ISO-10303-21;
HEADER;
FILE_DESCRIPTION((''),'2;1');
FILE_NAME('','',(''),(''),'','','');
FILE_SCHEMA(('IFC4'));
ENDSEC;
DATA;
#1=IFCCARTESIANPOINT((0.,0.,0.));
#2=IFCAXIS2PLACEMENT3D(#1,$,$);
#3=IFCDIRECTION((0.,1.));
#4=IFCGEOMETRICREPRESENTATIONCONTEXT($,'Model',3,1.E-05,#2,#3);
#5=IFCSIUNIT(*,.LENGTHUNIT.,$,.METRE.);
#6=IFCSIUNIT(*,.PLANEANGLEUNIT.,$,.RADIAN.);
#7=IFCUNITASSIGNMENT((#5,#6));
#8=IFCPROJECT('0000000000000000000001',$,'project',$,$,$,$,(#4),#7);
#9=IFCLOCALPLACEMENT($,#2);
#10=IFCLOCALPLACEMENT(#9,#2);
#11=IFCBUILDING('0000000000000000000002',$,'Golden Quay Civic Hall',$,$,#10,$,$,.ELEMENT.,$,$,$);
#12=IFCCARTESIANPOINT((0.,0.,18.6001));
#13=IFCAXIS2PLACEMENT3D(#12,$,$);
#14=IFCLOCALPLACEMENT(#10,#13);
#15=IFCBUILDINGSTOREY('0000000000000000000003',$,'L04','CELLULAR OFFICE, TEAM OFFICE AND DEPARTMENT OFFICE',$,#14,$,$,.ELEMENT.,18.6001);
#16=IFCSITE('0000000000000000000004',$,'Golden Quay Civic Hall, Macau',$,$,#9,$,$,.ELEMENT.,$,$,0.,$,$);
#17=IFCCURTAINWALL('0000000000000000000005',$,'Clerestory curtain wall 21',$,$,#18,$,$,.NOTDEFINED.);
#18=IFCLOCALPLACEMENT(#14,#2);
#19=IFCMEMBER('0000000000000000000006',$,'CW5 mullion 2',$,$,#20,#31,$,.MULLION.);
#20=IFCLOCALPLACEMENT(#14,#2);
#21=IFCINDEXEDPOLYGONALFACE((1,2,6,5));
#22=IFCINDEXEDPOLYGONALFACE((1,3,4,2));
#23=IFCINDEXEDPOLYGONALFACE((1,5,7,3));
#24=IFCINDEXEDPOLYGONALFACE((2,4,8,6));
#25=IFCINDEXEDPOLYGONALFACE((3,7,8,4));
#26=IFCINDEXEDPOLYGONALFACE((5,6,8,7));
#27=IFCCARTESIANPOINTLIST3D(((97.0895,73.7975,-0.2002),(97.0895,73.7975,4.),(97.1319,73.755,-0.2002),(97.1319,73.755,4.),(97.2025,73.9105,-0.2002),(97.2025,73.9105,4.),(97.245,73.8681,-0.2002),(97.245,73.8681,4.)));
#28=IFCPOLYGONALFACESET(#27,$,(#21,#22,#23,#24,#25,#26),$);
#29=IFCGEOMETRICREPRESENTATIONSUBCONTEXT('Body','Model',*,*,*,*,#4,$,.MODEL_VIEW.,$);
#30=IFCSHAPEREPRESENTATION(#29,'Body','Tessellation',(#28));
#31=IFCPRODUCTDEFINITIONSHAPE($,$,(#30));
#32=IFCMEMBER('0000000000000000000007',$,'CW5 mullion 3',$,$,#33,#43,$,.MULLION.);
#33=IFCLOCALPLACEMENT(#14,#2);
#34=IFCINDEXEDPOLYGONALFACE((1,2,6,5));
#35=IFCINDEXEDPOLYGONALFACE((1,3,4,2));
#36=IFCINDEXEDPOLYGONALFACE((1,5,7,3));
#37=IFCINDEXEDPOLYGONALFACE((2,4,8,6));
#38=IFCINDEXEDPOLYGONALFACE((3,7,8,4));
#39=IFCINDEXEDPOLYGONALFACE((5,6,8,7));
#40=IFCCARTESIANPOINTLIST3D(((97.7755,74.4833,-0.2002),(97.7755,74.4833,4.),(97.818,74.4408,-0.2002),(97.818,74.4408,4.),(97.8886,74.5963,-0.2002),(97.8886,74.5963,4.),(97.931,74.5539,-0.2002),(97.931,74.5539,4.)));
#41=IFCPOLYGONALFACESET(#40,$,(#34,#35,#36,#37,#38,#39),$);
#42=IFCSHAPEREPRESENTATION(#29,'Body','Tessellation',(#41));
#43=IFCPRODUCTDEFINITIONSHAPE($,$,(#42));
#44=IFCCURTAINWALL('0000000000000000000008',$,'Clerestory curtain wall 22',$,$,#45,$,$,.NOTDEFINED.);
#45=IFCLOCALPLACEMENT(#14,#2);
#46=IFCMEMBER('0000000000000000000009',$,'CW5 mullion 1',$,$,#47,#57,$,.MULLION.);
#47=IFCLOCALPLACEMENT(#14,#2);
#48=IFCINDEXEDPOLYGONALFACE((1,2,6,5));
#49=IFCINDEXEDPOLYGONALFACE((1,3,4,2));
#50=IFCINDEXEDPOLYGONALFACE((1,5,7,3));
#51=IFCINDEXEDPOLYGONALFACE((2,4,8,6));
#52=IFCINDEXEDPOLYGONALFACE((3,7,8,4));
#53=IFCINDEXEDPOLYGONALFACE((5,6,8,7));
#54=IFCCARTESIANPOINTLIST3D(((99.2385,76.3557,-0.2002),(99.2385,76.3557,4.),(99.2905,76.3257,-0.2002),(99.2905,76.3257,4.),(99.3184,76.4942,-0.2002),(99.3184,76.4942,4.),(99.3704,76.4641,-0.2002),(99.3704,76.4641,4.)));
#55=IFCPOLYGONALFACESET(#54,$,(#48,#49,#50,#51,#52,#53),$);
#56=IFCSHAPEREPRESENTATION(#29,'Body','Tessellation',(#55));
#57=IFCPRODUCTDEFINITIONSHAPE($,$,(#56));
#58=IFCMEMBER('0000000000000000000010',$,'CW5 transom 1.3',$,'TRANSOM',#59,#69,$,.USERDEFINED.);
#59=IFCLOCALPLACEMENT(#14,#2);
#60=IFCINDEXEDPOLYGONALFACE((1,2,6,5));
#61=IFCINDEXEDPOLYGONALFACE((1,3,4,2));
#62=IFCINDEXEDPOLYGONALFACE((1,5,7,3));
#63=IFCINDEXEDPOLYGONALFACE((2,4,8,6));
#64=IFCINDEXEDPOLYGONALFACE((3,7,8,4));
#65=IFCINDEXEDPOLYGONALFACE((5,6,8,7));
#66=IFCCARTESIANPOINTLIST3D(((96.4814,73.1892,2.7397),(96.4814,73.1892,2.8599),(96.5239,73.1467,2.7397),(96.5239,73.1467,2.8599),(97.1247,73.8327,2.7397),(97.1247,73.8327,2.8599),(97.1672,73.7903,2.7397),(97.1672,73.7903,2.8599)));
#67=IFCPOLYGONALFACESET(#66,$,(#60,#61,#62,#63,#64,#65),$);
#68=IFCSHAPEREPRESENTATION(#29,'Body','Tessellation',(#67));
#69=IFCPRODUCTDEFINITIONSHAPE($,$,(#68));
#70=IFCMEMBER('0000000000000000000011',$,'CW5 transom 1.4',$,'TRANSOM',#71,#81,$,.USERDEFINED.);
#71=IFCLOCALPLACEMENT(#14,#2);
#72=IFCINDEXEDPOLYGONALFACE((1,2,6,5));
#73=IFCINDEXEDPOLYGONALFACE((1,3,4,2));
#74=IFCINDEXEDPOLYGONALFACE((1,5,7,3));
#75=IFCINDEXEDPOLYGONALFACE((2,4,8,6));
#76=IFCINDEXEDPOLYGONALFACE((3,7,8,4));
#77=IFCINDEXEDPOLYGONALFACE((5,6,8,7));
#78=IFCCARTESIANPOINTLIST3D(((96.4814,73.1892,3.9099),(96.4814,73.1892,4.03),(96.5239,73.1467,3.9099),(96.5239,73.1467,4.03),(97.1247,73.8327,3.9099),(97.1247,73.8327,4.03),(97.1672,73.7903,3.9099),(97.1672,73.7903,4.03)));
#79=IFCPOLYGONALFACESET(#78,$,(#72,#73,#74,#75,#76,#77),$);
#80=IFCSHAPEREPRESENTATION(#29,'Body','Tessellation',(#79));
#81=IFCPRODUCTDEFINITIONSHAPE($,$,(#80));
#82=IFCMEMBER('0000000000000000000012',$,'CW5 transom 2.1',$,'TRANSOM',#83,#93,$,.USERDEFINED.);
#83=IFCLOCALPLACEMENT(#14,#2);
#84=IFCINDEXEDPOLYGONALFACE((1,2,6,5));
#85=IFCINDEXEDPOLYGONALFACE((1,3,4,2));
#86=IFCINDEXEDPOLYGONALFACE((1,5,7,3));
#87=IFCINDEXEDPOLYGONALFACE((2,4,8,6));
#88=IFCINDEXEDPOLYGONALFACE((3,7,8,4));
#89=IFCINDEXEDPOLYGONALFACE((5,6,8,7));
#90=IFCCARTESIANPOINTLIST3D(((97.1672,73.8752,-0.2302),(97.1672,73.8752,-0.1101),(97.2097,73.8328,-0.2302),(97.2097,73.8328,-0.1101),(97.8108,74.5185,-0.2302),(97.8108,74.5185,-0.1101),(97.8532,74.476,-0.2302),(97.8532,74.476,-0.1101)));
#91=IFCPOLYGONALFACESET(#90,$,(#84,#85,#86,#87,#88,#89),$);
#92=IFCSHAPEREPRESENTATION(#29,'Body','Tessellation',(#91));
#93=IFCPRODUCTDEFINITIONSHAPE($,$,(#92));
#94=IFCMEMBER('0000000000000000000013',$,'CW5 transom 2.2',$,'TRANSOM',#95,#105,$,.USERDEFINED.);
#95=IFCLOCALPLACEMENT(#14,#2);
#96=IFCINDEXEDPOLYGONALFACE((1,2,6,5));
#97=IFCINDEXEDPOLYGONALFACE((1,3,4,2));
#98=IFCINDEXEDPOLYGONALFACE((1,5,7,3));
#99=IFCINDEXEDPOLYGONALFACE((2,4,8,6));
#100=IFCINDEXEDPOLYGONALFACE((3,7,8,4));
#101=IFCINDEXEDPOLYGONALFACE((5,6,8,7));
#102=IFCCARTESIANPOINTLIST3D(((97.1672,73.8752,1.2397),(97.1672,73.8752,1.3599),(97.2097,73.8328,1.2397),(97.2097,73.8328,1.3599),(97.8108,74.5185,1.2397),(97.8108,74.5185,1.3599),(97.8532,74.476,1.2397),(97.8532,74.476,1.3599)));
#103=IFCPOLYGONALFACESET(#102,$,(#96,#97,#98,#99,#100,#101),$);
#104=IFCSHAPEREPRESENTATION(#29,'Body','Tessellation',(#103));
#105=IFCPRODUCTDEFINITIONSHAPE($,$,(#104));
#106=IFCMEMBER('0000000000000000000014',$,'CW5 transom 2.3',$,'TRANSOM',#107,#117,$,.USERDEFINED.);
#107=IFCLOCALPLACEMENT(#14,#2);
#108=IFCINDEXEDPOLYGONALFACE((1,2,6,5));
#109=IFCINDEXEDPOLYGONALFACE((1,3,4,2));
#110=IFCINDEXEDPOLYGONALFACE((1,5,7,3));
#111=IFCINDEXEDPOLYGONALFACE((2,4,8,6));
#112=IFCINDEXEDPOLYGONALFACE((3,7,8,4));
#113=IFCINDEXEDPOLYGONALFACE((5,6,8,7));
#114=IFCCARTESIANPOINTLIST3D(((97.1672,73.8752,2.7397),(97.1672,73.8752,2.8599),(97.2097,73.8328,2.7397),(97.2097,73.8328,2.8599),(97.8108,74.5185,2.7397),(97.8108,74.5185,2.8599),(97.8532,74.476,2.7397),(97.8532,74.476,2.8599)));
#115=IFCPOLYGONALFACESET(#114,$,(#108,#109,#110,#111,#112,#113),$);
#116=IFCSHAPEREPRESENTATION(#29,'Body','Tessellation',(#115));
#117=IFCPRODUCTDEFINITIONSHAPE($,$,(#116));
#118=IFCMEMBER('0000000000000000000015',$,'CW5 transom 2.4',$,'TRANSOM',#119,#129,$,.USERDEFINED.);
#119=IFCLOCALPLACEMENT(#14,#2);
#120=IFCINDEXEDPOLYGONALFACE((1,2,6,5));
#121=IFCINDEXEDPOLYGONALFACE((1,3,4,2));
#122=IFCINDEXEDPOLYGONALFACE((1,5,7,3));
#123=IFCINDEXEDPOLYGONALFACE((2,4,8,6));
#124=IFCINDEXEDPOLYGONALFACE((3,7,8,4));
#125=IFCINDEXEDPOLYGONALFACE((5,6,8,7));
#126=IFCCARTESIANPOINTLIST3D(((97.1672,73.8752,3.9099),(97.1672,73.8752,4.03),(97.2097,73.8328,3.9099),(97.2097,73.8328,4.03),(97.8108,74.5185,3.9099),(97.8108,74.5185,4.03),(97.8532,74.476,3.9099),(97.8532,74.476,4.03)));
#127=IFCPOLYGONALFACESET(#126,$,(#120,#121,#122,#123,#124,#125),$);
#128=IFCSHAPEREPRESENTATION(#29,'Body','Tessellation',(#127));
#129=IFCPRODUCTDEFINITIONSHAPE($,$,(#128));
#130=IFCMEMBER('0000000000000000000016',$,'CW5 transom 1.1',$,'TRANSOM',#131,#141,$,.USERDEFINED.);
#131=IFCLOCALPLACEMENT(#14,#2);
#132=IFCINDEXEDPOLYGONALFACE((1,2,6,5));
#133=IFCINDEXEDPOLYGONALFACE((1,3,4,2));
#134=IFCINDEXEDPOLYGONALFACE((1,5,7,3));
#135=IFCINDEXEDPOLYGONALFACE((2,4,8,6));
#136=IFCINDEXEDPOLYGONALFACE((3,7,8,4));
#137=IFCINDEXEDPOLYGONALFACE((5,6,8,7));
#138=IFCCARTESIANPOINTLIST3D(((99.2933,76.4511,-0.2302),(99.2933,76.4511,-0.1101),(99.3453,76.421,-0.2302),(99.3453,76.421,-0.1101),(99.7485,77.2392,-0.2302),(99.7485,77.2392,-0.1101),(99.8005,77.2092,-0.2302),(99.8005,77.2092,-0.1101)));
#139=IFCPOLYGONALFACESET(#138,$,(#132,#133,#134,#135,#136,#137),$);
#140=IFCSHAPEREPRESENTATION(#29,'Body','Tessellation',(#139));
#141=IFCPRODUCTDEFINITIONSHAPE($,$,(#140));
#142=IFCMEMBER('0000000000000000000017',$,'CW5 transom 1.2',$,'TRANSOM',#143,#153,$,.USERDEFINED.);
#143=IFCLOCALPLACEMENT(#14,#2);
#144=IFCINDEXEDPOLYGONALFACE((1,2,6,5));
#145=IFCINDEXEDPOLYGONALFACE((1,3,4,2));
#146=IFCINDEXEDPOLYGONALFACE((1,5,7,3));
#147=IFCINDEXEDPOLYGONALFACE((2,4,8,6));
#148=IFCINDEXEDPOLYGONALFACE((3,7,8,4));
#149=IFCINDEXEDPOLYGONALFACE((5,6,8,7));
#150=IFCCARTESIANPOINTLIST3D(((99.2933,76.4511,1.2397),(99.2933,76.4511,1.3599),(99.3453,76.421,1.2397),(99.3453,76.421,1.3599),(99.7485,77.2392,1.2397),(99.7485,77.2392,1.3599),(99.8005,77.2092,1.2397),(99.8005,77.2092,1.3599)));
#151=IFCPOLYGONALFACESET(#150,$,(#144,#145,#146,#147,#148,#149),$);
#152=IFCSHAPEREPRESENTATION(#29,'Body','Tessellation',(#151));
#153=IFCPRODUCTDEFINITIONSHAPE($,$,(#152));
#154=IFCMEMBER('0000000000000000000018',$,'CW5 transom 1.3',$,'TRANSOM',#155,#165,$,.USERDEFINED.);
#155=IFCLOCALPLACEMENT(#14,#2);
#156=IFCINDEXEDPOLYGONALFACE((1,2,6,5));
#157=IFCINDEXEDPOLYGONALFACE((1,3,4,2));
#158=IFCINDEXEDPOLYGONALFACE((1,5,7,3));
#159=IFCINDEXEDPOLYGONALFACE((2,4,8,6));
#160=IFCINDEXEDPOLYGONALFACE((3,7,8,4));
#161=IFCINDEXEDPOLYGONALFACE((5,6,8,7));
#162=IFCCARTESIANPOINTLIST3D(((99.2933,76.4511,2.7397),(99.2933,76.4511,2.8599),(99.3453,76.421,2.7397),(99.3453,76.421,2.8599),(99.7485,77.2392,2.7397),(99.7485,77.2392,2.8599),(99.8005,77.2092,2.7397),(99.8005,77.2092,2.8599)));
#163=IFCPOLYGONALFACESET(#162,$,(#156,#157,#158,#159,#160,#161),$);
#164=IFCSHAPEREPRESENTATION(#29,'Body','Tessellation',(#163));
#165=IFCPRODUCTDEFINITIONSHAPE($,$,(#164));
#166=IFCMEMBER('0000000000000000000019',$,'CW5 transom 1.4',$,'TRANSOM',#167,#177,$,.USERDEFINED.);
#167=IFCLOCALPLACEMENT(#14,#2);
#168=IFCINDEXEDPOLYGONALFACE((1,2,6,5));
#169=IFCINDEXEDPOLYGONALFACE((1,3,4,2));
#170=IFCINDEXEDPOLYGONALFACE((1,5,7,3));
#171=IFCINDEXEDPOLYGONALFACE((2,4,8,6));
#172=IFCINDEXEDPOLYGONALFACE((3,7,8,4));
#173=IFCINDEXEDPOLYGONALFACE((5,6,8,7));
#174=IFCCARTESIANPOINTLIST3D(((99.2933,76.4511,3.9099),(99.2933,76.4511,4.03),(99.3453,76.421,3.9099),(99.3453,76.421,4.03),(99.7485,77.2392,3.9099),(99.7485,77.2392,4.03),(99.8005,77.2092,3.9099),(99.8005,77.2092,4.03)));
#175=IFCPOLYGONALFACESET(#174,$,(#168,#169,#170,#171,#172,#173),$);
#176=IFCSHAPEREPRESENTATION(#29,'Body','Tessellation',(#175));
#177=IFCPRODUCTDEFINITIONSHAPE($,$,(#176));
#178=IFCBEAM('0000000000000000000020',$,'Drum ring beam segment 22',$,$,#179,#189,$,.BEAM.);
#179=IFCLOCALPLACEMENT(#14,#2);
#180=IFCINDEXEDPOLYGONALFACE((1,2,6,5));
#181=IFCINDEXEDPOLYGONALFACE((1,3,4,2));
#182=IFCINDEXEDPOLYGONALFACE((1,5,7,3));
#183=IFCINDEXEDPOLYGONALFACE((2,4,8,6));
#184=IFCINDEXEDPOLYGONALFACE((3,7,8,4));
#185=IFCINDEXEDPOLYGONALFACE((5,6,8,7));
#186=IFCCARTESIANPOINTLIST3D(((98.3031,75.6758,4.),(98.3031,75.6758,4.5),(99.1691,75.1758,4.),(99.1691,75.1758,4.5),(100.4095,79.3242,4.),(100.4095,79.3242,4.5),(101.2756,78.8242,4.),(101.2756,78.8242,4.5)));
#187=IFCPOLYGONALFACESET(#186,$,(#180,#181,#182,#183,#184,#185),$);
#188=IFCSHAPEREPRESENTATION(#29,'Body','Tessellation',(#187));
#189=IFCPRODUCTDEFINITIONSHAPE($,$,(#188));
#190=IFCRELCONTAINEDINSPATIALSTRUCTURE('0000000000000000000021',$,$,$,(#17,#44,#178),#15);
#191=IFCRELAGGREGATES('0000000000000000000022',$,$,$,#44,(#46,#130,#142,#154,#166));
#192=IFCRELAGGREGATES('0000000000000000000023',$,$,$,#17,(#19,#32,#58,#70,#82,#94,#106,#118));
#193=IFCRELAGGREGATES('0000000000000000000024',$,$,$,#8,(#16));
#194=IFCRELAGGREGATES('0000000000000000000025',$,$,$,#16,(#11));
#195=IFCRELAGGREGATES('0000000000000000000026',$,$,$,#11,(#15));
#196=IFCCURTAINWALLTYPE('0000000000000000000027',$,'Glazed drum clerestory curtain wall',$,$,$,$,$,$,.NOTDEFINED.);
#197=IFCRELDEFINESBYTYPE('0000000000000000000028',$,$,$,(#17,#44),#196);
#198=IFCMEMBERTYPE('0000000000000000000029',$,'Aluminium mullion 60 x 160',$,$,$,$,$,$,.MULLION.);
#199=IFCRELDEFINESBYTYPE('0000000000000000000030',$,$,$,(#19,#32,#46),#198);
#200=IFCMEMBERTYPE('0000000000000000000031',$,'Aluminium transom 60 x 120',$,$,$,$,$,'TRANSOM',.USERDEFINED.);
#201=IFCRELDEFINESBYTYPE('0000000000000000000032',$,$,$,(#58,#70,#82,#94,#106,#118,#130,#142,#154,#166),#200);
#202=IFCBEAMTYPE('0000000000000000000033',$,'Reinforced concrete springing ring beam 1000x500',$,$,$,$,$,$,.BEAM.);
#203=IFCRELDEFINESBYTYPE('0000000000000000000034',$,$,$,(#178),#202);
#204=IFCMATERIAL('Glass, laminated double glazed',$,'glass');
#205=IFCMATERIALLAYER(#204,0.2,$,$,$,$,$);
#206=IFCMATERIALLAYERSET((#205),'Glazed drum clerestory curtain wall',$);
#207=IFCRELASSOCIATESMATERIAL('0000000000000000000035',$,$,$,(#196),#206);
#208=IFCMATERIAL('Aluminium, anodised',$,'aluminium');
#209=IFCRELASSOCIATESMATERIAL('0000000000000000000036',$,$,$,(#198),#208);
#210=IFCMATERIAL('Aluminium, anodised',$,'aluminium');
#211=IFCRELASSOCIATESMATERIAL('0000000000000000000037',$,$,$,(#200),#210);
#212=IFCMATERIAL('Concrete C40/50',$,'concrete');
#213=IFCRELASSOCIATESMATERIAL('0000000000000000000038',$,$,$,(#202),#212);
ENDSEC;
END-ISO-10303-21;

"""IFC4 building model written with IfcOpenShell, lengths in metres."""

from ifc_helpers import new_model, si_unit, direction, frame, origin, origin_2d, place, context, subcontext, project, spatial, rectangle, extrude, material, layer, layer_set, material_profile, profile_set, type_object, element, aggregate, save


model = new_model("IFC4")

# Units and contexts
model_context = context("Model", 3, precision=1e-05, world=origin(), true_north=direction((0.0, 1.0)))
body_context = subcontext(model_context, "Body", "Model", "MODEL_VIEW")
ifc_project = project(units=[si_unit("LENGTHUNIT", "METRE"), si_unit("PLANEANGLEUNIT", "RADIAN")], contexts=[model_context])

# Site, building, storey
site_placement = place(None, origin())
site = spatial("IfcSite", under=ifc_project, at=site_placement, Name="Golden Quay Civic Hall, Macau", CompositionType="ELEMENT", RefElevation=0.0)
building_placement = place(site_placement, origin())
building = spatial("IfcBuilding", under=site, at=building_placement, Name="Golden Quay Civic Hall", CompositionType="ELEMENT")
storey_placement = place(building_placement, frame((0.0, 0.0, 18.6001)))
storey = spatial("IfcBuildingStorey", under=building, at=storey_placement, Name="L04", Description="CELLULAR OFFICE, TEAM OFFICE AND DEPARTMENT OFFICE", CompositionType="ELEMENT", Elevation=18.6001)

# Curtain wall, members
ifc_material_1 = material(Name="Glass, laminated double glazed", Category="glass")
ifc_layer_1 = layer(ifc_material_1, 0.2)
ifc_layer_set_1 = layer_set([ifc_layer_1], Name="Glazed drum clerestory curtain wall")
curtain_wall_type = type_object("IfcCurtainWallType", Name="Glazed drum clerestory curtain wall", PredefinedType="NOTDEFINED", material=ifc_layer_set_1)
curtain_wall_1_placement = place(storey_placement, origin())
curtain_wall_1 = element("IfcCurtainWall", 1, at=curtain_wall_1_placement, inside=storey, type_object=curtain_wall_type, Name="Clerestory curtain wall 21", PredefinedType="NOTDEFINED")
ifc_material_2 = material(Name="Aluminium, anodised", Category="aluminium")
ifc_material_profile_1 = material_profile(ifc_material_2, rectangle(XDim=0.0601, YDim=0.1599, at=origin_2d()), Name="Aluminium 60 x 160")
ifc_profile_set_1 = profile_set([ifc_material_profile_1], Name="Aluminium, anodised")
member_type_1 = type_object("IfcMemberType", Name="Aluminium mullion 60 x 160", PredefinedType="MULLION", material=ifc_profile_set_1)
member_1_placement = place(storey_placement, frame((97.1672, 73.8328, -0.2002), z_axis=(0.0, 0.0, 1.0), x_axis=(-0.707107, 0.707107, 0.0)))
member_1 = element("IfcMember", 2, at=member_1_placement, type_object=member_type_1, Name="CW5 mullion 2", PredefinedType="MULLION", context=body_context, shape_type="SweptSolid", body=[
    extrude(rectangle(XDim=0.0601, YDim=0.1599, at=origin_2d()), origin(), (0.0, 0.0, 1.0), 4.2002),
])
member_2_placement = place(storey_placement, frame((97.8533, 74.5186, -0.2002), z_axis=(0.0, 0.0, 1.0), x_axis=(-0.707107, 0.707107, 0.0)))
member_2 = element("IfcMember", 3, at=member_2_placement, type_object=member_type_1, Name="CW5 mullion 3", PredefinedType="MULLION", context=body_context, shape_type="SweptSolid", body=[
    extrude(rectangle(XDim=0.0601, YDim=0.1599, at=origin_2d()), origin(), (0.0, 0.0, 1.0), 4.2002),
])

# Curtain wall, member
curtain_wall_2_placement = place(storey_placement, origin())
curtain_wall_2 = element("IfcCurtainWall", 4, at=curtain_wall_2_placement, inside=storey, type_object=curtain_wall_type, Name="Clerestory curtain wall 22", PredefinedType="NOTDEFINED")
member_3_placement = place(storey_placement, frame((99.3044, 76.4099, -0.2002), z_axis=(0.0, 0.0, 1.0), x_axis=(-0.866019, 0.500011, 0.0)))
member_3 = element("IfcMember", 5, at=member_3_placement, type_object=member_type_1, Name="CW5 mullion 1", PredefinedType="MULLION", context=body_context, shape_type="SweptSolid", body=[
    extrude(rectangle(XDim=0.0601, YDim=0.1599, at=origin_2d()), origin(), (0.0, 0.0, 1.0), 4.2002),
])

# Members
ifc_material_3 = material(Name="Aluminium, anodised", Category="aluminium")
ifc_material_profile_2 = material_profile(ifc_material_3, rectangle(XDim=0.0601, YDim=0.1201, at=origin_2d()), Name="Aluminium 60 x 120")
ifc_profile_set_2 = profile_set([ifc_material_profile_2], Name="Aluminium, anodised")
member_type_2 = type_object("IfcMemberType", Name="Aluminium transom 60 x 120", ElementType="TRANSOM", PredefinedType="USERDEFINED", material=ifc_profile_set_2)
member_4_placement = place(storey_placement, frame((96.5027, 73.168, 2.7998), z_axis=(0.706973, 0.707241, 0.0), x_axis=(-0.707241, 0.706973, 0.0)))
member_4 = element("IfcMember", 6, at=member_4_placement, type_object=member_type_2, Name="CW5 transom 1.3", ObjectType="TRANSOM", PredefinedType="USERDEFINED", context=body_context, shape_type="SweptSolid", body=[
    extrude(rectangle(XDim=0.0601, YDim=0.1201, at=origin_2d()), origin(), (0.0, 0.0, 1.0), 0.9099),
])
member_5_placement = place(storey_placement, frame((96.5027, 73.168, 3.97), z_axis=(0.706973, 0.707241, 0.0), x_axis=(-0.707241, 0.706973, 0.0)))
member_5 = element("IfcMember", 7, at=member_5_placement, type_object=member_type_2, Name="CW5 transom 1.4", ObjectType="TRANSOM", PredefinedType="USERDEFINED", context=body_context, shape_type="SweptSolid", body=[
    extrude(rectangle(XDim=0.0601, YDim=0.1201, at=origin_2d()), origin(), (0.0, 0.0, 1.0), 0.9099),
])
member_6_placement = place(storey_placement, frame((97.1885, 73.854, -0.1702), z_axis=(0.707241, 0.706973, 0.0), x_axis=(-0.706973, 0.707241, 0.0)))
member_6 = element("IfcMember", 8, at=member_6_placement, type_object=member_type_2, Name="CW5 transom 2.1", ObjectType="TRANSOM", PredefinedType="USERDEFINED", context=body_context, shape_type="SweptSolid", body=[
    extrude(rectangle(XDim=0.0601, YDim=0.1201, at=origin_2d()), origin(), (0.0, 0.0, 1.0), 0.9099),
])
member_7_placement = place(storey_placement, frame((97.1885, 73.854, 1.2998), z_axis=(0.707241, 0.706973, 0.0), x_axis=(-0.706973, 0.707241, 0.0)))
member_7 = element("IfcMember", 9, at=member_7_placement, type_object=member_type_2, Name="CW5 transom 2.2", ObjectType="TRANSOM", PredefinedType="USERDEFINED", context=body_context, shape_type="SweptSolid", body=[
    extrude(rectangle(XDim=0.0601, YDim=0.1201, at=origin_2d()), origin(), (0.0, 0.0, 1.0), 0.9099),
])
member_8_placement = place(storey_placement, frame((97.1885, 73.854, 2.7998), z_axis=(0.707241, 0.706973, 0.0), x_axis=(-0.706973, 0.707241, 0.0)))
member_8 = element("IfcMember", 10, at=member_8_placement, type_object=member_type_2, Name="CW5 transom 2.3", ObjectType="TRANSOM", PredefinedType="USERDEFINED", context=body_context, shape_type="SweptSolid", body=[
    extrude(rectangle(XDim=0.0601, YDim=0.1201, at=origin_2d()), origin(), (0.0, 0.0, 1.0), 0.9099),
])
member_9_placement = place(storey_placement, frame((97.1885, 73.854, 3.97), z_axis=(0.707241, 0.706973, 0.0), x_axis=(-0.706973, 0.707241, 0.0)))
member_9 = element("IfcMember", 11, at=member_9_placement, type_object=member_type_2, Name="CW5 transom 2.4", ObjectType="TRANSOM", PredefinedType="USERDEFINED", context=body_context, shape_type="SweptSolid", body=[
    extrude(rectangle(XDim=0.0601, YDim=0.1201, at=origin_2d()), origin(), (0.0, 0.0, 1.0), 0.9099),
])
member_10_placement = place(storey_placement, frame((99.3193, 76.436, -0.1702), z_axis=(0.500063, 0.865989, 0.0), x_axis=(-0.865989, 0.500063, 0.0)))
member_10 = element("IfcMember", 12, at=member_10_placement, type_object=member_type_2, Name="CW5 transom 1.1", ObjectType="TRANSOM", PredefinedType="USERDEFINED", context=body_context, shape_type="SweptSolid", body=[
    extrude(rectangle(XDim=0.0601, YDim=0.1201, at=origin_2d()), origin(), (0.0, 0.0, 1.0), 0.9102),
])
member_11_placement = place(storey_placement, frame((99.3193, 76.436, 1.2998), z_axis=(0.500063, 0.865989, 0.0), x_axis=(-0.865989, 0.500063, 0.0)))
member_11 = element("IfcMember", 13, at=member_11_placement, type_object=member_type_2, Name="CW5 transom 1.2", ObjectType="TRANSOM", PredefinedType="USERDEFINED", context=body_context, shape_type="SweptSolid", body=[
    extrude(rectangle(XDim=0.0601, YDim=0.1201, at=origin_2d()), origin(), (0.0, 0.0, 1.0), 0.9102),
])
member_12_placement = place(storey_placement, frame((99.3193, 76.436, 2.7998), z_axis=(0.500063, 0.865989, 0.0), x_axis=(-0.865989, 0.500063, 0.0)))
member_12 = element("IfcMember", 14, at=member_12_placement, type_object=member_type_2, Name="CW5 transom 1.3", ObjectType="TRANSOM", PredefinedType="USERDEFINED", context=body_context, shape_type="SweptSolid", body=[
    extrude(rectangle(XDim=0.0601, YDim=0.1201, at=origin_2d()), origin(), (0.0, 0.0, 1.0), 0.9102),
])
member_13_placement = place(storey_placement, frame((99.3193, 76.436, 3.97), z_axis=(0.500063, 0.865989, 0.0), x_axis=(-0.865989, 0.500063, 0.0)))
member_13 = element("IfcMember", 15, at=member_13_placement, type_object=member_type_2, Name="CW5 transom 1.4", ObjectType="TRANSOM", PredefinedType="USERDEFINED", context=body_context, shape_type="SweptSolid", body=[
    extrude(rectangle(XDim=0.0601, YDim=0.1201, at=origin_2d()), origin(), (0.0, 0.0, 1.0), 0.9102),
])
aggregate(curtain_wall_2, [member_3, member_10, member_11, member_12, member_13])

# Beam
ifc_material_4 = material(Name="Concrete C40/50", Category="concrete")
ifc_material_profile_3 = material_profile(ifc_material_4, rectangle(XDim=1.0, YDim=0.5, at=origin_2d()), Name="RC 1000x500")
ifc_profile_set_3 = profile_set([ifc_material_profile_3], Name="Concrete C40/50")
beam_type = type_object("IfcBeamType", Name="Reinforced concrete springing ring beam 1000x500", PredefinedType="BEAM", material=ifc_profile_set_3)
beam_placement = place(storey_placement, frame((98.7361, 75.4258, 4.25), z_axis=(0.500003, 0.866023, 0.0), x_axis=(-0.866023, 0.500003, 0.0)))
element("IfcBeam", 16, at=beam_placement, inside=storey, type_object=beam_type, Name="Drum ring beam segment 22", PredefinedType="BEAM", context=body_context, shape_type="SweptSolid", body=[
    extrude(rectangle(XDim=1.0, YDim=0.5, at=origin_2d()), origin(), (0.0, 0.0, 1.0), 4.2129),
])

aggregate(curtain_wall_1, [member_1, member_2, member_4, member_5, member_6, member_7, member_8, member_9])

save(model, "model.ifc")
